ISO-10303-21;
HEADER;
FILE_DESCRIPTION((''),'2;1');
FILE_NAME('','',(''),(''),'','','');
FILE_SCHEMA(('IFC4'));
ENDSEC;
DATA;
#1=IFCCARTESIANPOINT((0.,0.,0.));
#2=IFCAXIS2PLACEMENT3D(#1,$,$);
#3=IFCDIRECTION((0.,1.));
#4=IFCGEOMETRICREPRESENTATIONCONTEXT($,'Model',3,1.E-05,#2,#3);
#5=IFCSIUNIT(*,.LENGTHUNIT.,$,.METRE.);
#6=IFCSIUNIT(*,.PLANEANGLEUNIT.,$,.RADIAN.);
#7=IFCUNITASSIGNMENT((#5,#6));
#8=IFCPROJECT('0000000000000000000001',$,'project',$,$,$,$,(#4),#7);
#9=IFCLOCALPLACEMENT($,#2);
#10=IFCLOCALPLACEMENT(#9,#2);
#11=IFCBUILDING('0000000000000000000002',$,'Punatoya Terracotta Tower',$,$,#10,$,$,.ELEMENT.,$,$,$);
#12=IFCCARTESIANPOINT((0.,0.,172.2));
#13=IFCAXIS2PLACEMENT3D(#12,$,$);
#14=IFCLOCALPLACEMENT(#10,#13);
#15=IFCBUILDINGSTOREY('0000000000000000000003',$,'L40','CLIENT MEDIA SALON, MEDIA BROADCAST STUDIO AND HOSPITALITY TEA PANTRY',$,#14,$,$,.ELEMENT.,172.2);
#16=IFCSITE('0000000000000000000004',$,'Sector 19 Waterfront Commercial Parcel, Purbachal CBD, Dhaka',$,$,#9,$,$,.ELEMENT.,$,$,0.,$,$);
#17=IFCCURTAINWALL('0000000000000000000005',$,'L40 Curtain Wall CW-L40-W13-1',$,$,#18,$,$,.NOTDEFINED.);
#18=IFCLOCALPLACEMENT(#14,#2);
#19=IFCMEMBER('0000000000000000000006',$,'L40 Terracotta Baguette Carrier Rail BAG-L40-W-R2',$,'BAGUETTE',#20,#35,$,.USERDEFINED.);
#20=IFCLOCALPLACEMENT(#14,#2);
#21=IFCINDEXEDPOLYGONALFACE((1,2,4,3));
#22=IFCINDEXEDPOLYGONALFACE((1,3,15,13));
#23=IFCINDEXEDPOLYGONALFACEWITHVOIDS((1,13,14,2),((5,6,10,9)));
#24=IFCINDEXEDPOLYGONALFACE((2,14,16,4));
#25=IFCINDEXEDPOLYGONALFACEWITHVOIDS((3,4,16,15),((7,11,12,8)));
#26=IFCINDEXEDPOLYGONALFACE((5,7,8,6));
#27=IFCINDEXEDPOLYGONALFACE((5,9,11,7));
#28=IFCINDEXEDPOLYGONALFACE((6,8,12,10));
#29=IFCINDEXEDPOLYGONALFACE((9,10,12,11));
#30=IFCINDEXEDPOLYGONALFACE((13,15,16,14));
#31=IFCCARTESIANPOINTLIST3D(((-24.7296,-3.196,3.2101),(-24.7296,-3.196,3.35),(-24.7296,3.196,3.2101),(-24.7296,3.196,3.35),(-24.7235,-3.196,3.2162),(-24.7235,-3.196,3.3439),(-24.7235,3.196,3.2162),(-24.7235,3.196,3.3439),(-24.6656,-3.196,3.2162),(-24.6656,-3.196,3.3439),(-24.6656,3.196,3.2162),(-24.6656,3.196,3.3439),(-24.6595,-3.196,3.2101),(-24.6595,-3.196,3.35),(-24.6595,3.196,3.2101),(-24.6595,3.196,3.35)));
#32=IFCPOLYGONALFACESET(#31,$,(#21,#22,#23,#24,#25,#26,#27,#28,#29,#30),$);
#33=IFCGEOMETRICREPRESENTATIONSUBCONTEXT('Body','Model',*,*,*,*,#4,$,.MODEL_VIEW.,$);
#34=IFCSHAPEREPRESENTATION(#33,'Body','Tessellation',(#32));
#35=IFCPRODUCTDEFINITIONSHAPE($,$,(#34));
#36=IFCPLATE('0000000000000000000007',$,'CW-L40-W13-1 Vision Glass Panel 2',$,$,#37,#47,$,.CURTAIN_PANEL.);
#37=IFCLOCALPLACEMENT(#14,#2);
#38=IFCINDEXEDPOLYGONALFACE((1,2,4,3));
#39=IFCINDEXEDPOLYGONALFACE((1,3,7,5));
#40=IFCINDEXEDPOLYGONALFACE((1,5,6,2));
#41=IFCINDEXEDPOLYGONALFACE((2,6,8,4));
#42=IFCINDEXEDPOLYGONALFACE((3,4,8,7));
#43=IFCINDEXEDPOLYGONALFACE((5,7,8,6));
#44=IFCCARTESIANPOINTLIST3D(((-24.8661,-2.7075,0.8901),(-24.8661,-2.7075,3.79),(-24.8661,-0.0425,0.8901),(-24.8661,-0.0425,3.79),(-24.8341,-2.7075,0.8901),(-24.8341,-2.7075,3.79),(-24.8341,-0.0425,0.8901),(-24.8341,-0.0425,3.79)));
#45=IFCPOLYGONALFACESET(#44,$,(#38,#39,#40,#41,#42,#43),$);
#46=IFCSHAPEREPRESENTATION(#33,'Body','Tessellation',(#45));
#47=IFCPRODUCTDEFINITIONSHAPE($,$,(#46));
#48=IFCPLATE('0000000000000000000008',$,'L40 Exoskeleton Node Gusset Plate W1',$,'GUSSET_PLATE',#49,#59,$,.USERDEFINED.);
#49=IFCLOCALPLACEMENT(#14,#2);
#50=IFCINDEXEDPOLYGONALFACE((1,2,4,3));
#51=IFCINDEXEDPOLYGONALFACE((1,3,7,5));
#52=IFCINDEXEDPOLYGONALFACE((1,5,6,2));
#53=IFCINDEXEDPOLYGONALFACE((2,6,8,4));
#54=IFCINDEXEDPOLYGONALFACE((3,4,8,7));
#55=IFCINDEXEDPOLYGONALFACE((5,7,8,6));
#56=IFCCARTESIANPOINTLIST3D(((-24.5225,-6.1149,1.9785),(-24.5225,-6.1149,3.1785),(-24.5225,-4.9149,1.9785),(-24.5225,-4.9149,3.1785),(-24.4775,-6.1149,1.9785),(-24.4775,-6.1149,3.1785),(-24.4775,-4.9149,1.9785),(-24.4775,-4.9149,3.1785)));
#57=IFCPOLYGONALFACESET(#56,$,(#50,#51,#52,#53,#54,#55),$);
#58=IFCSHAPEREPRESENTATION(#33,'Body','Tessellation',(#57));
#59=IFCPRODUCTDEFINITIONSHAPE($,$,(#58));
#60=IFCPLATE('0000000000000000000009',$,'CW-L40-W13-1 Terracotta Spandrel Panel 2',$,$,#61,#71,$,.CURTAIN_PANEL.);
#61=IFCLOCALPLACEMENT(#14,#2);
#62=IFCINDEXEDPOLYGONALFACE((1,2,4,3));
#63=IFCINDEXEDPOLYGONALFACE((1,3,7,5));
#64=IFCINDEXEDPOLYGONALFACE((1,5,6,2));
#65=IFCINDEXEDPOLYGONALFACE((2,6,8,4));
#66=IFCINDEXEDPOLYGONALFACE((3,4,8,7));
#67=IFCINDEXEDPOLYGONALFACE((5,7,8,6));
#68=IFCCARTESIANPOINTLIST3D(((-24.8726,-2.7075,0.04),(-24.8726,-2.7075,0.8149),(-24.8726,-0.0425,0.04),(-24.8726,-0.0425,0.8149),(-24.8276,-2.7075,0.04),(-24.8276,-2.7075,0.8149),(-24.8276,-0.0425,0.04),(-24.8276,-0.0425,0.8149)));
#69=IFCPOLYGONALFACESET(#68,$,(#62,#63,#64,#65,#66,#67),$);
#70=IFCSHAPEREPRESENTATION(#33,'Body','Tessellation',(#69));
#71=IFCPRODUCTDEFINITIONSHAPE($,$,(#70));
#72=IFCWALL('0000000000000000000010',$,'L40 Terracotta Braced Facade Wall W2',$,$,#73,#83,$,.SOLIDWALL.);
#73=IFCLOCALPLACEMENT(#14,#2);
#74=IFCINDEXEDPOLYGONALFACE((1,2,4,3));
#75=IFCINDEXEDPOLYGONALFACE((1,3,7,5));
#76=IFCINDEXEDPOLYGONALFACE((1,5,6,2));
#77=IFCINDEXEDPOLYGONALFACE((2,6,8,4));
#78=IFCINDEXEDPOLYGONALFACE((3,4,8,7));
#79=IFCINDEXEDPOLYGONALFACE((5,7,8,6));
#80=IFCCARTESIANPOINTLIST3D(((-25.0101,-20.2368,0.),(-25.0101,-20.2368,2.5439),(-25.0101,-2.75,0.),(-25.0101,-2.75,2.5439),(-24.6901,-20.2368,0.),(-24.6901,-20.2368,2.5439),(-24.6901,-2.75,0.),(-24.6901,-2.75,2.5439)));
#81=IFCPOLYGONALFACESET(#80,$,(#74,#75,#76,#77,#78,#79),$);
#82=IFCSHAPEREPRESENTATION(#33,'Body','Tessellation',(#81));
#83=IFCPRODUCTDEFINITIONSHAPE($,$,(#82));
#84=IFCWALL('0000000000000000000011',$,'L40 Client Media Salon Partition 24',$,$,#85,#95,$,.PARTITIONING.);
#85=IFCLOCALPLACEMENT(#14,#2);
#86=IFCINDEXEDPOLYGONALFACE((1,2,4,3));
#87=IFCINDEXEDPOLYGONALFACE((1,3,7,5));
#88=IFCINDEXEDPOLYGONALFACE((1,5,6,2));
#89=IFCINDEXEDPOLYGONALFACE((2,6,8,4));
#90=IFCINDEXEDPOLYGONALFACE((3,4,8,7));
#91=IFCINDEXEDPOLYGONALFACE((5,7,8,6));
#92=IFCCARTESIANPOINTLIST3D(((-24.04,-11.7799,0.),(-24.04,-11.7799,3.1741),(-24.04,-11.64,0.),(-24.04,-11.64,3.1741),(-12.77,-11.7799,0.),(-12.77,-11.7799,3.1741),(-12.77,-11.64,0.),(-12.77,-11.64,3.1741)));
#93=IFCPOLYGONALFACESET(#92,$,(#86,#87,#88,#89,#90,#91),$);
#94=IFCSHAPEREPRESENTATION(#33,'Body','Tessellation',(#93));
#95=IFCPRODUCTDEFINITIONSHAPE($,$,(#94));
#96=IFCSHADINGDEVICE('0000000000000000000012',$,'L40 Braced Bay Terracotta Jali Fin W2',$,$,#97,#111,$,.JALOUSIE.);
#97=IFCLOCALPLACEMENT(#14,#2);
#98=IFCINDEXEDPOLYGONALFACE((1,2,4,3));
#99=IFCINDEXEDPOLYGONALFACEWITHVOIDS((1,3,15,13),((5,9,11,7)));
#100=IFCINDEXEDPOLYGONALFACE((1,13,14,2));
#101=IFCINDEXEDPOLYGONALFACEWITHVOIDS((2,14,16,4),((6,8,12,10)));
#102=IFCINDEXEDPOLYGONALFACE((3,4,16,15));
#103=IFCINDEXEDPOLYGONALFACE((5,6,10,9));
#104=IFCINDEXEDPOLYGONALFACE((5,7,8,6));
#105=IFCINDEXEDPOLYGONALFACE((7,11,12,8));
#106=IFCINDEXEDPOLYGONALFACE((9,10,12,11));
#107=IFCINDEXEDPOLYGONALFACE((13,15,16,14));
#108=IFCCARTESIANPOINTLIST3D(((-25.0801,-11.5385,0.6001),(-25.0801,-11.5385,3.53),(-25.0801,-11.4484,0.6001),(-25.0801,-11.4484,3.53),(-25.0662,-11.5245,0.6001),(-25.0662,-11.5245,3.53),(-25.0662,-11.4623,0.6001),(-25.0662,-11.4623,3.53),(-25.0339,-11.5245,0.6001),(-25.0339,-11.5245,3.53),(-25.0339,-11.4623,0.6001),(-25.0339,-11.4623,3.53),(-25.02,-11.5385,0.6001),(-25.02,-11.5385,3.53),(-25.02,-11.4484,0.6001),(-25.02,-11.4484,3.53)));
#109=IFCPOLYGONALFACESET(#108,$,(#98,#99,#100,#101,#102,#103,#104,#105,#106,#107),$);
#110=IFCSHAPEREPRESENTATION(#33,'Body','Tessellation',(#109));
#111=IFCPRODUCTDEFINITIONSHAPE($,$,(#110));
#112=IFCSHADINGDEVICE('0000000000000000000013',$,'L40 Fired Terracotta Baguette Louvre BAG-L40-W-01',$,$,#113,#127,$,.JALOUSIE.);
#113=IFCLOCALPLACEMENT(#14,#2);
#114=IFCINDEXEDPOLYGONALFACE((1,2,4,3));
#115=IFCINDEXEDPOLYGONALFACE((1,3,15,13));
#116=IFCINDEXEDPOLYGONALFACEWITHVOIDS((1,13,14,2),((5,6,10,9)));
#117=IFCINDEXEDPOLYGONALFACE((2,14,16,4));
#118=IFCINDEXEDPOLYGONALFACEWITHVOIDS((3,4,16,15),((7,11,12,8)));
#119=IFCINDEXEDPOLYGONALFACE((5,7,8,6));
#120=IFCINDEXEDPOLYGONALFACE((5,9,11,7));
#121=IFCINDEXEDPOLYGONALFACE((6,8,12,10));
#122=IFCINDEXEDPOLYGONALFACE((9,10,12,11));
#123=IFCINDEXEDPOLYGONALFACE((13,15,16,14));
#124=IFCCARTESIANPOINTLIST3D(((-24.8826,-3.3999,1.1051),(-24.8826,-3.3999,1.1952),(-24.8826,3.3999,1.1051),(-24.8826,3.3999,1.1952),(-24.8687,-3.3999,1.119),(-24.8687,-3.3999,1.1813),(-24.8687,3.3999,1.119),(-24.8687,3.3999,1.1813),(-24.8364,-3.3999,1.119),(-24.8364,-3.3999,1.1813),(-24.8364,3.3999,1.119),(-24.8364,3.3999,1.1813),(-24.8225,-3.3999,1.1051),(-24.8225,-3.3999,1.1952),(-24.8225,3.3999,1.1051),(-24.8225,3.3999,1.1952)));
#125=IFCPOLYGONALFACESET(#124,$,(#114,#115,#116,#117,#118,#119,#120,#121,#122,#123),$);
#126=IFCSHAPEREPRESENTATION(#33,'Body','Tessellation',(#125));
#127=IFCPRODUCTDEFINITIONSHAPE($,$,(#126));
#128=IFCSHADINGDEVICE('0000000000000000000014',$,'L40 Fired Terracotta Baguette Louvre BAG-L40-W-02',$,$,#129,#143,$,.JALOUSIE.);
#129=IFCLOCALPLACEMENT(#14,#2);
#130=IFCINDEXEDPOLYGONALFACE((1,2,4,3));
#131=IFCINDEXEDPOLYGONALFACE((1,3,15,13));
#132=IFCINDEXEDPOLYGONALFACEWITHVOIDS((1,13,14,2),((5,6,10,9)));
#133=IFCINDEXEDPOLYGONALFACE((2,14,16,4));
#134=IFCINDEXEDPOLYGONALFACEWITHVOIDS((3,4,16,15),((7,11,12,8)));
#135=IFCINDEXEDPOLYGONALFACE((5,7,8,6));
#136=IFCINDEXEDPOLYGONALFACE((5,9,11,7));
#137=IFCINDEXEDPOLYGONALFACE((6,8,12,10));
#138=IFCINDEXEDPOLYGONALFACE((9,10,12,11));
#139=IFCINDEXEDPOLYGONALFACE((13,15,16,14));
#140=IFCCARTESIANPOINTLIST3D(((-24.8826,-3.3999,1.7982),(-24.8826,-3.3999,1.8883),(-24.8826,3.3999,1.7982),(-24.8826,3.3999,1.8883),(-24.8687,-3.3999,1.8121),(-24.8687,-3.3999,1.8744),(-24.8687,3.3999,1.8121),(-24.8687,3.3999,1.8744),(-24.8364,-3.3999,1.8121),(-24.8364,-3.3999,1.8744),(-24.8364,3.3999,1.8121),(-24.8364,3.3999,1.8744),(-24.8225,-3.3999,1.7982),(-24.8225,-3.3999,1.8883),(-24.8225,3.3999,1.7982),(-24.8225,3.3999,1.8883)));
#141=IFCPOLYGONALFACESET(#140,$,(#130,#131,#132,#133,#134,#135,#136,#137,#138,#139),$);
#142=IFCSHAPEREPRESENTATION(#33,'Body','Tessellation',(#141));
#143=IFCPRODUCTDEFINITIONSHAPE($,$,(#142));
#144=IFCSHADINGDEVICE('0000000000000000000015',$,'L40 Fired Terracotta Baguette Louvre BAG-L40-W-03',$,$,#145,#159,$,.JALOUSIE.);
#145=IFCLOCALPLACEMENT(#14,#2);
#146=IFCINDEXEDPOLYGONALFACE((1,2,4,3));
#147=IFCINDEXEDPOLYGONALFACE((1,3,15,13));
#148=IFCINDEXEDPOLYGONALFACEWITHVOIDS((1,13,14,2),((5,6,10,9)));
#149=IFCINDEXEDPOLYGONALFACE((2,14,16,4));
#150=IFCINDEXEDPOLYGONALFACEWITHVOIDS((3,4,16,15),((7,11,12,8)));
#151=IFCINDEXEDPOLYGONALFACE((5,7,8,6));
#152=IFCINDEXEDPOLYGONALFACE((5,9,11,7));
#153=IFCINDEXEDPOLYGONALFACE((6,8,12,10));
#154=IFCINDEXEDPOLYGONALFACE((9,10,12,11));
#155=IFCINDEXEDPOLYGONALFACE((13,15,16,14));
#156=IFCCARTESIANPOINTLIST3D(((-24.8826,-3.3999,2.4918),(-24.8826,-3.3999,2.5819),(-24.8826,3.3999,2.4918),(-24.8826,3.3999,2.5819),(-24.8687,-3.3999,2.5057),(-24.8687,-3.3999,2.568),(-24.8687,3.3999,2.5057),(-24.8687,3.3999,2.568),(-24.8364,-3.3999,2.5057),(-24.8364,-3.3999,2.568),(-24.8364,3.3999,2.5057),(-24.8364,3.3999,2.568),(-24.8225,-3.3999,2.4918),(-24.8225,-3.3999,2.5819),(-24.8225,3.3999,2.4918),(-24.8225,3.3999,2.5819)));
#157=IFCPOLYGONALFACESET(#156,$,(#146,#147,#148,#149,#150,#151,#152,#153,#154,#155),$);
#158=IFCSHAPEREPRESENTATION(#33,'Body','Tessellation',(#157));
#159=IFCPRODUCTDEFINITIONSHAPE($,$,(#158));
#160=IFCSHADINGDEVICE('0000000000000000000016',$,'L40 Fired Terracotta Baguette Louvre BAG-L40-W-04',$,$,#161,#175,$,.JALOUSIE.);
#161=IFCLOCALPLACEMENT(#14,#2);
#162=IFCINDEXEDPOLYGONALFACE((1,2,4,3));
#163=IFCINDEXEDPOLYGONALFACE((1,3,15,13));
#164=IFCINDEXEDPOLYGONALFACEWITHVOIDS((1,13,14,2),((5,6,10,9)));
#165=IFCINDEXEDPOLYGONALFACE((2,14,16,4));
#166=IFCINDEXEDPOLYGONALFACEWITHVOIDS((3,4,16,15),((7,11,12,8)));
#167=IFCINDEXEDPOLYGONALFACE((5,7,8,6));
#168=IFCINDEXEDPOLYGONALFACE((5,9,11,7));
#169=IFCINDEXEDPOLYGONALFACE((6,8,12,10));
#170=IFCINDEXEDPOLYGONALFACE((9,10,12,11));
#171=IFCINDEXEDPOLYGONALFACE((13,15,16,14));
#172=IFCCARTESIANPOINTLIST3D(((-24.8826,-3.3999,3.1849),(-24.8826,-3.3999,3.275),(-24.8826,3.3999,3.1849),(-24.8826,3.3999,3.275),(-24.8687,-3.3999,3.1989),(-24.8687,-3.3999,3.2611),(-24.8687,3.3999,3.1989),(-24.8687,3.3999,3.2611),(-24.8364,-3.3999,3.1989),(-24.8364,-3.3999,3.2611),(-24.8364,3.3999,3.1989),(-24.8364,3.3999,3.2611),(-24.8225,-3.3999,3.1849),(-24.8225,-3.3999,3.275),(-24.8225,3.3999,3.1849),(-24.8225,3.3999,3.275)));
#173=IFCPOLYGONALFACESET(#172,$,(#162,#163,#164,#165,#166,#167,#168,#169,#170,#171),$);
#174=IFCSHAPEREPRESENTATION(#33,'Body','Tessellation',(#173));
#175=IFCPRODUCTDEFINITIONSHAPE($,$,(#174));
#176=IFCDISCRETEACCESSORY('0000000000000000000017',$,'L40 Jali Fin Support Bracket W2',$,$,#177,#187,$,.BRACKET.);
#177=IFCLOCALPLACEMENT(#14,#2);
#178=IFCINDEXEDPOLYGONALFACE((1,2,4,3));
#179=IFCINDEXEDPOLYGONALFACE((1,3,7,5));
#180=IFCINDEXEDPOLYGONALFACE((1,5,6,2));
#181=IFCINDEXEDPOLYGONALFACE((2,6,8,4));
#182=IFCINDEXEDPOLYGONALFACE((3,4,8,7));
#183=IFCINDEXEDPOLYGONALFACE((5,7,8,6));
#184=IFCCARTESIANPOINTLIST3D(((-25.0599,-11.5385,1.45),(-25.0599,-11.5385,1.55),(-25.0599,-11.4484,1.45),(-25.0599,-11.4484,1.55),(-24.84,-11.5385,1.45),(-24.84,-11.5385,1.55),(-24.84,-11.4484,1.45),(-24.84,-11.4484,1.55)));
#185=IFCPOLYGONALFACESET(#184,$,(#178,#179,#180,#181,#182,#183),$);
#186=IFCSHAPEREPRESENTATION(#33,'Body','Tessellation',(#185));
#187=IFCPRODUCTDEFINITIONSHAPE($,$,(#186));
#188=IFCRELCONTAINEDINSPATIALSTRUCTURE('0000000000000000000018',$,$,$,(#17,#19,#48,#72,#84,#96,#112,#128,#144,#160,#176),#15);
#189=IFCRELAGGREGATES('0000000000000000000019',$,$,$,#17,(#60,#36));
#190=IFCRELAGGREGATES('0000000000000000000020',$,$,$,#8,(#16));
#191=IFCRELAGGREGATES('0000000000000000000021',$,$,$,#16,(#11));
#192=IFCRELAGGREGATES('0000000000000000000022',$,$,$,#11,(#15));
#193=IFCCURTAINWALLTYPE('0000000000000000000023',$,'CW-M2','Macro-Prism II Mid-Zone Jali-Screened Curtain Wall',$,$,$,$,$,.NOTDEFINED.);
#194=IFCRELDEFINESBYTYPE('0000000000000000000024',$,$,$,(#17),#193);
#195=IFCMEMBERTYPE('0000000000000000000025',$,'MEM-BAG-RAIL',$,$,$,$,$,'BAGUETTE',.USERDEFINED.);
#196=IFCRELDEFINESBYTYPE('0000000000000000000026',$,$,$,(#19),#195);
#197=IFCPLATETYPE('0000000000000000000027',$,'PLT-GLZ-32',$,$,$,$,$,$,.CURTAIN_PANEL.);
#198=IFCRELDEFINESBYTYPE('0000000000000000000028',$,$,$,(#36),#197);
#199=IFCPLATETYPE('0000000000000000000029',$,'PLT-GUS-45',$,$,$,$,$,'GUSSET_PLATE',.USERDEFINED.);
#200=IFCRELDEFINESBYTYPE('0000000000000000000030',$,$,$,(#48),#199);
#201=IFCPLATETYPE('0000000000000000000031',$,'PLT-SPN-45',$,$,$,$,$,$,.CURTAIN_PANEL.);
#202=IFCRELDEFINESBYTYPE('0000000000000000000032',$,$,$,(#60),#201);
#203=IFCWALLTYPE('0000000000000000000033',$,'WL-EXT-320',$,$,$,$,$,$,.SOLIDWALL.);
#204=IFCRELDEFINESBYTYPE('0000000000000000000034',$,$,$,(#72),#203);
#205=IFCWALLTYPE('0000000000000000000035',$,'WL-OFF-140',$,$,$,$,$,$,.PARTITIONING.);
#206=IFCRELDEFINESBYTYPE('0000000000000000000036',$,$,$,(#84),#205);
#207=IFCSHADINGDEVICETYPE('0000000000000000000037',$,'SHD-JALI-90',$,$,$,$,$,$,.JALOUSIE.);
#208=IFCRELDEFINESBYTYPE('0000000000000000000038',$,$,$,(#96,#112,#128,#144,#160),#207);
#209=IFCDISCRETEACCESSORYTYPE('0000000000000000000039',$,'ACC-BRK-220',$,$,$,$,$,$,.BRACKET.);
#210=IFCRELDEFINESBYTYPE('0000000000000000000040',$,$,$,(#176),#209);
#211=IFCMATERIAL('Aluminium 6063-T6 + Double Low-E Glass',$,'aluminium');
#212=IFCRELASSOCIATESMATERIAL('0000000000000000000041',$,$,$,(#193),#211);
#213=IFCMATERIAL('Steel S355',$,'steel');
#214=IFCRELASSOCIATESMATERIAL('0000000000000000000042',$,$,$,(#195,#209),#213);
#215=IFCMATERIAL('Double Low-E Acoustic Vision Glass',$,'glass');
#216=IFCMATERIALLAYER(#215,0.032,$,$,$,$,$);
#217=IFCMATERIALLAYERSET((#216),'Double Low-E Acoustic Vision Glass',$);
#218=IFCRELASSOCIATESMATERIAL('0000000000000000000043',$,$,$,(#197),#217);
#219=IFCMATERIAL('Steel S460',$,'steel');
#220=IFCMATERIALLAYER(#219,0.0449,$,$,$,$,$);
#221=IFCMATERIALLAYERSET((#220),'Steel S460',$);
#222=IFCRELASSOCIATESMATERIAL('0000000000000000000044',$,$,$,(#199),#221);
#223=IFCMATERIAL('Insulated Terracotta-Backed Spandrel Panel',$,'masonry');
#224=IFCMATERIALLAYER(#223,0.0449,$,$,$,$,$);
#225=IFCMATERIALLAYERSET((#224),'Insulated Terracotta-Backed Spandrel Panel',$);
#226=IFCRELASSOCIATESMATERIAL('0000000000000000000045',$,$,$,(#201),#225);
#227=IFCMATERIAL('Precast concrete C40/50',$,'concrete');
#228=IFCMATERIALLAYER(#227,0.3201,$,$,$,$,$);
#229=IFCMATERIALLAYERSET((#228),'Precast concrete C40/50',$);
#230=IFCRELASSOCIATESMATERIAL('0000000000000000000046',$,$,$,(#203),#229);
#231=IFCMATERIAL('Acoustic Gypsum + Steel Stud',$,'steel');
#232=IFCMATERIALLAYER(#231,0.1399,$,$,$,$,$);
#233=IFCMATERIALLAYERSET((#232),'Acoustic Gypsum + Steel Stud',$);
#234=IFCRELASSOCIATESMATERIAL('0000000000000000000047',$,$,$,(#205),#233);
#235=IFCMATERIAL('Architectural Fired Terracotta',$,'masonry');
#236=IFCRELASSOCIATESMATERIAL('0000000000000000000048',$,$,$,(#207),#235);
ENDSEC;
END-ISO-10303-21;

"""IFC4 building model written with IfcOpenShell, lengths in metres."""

from ifc_helpers import new_model, si_unit, direction, frame, frame_2d, origin, origin_2d, place, context, subcontext, project, spatial, rectangle, hollow_rectangle, extrude, material, layer, layer_set, material_profile, profile_set, type_object, element, aggregate, save


model = new_model("IFC4")

# Units and contexts
model_context = context("Model", 3, precision=1e-05, world=origin(), true_north=direction((0.0, 1.0)))
body_context = subcontext(model_context, "Body", "Model", "MODEL_VIEW")
ifc_project = project(units=[si_unit("LENGTHUNIT", "METRE"), si_unit("PLANEANGLEUNIT", "RADIAN")], contexts=[model_context])

# Site, building, storey
site_placement = place(None, origin())
site = spatial("IfcSite", under=ifc_project, at=site_placement, Name="Sector 19 Waterfront Commercial Parcel, Purbachal CBD, Dhaka", CompositionType="ELEMENT", RefElevation=0.0)
building_placement = place(site_placement, origin())
building = spatial("IfcBuilding", under=site, at=building_placement, Name="Punatoya Terracotta Tower", CompositionType="ELEMENT")
storey_placement = place(building_placement, frame((0.0, 0.0, 172.2)))
storey = spatial("IfcBuildingStorey", under=building, at=storey_placement, Name="L40", Description="CLIENT MEDIA SALON, MEDIA BROADCAST STUDIO AND HOSPITALITY TEA PANTRY", CompositionType="ELEMENT", Elevation=172.2)

# Shared definitions
ifc_material_1 = material(Name="Steel S460", Category="steel")

# Curtain wall
ifc_material_2 = material(Name="Aluminium 6063-T6 + Double Low-E Glass", Category="aluminium")
curtain_wall_type = type_object("IfcCurtainWallType", Name="CW-M2", Description="Macro-Prism II Mid-Zone Jali-Screened Curtain Wall", PredefinedType="NOTDEFINED", material=ifc_material_2)
curtain_wall_placement = place(storey_placement, origin())
curtain_wall = element("IfcCurtainWall", 1, at=curtain_wall_placement, inside=storey, type_object=curtain_wall_type, Name="L40 Curtain Wall CW-L40-W13-1", PredefinedType="NOTDEFINED")

# Member
ifc_material_3 = material(Name="Steel S355", Category="steel")
ifc_material_profile_1 = material_profile(ifc_material_3, hollow_rectangle(XDim=0.0701, YDim=0.1399, WallThickness=0.0061, at=origin_2d()))
ifc_profile_set_1 = profile_set([ifc_material_profile_1], Name="Steel S355")
member_type_1 = type_object("IfcMemberType", Name="MEM-BAG-RAIL", ElementType="BAGUETTE", PredefinedType="USERDEFINED", material=ifc_profile_set_1)
for number, where, z_axis, x_axis, name in (
    (2, (-24.6946, -3.196, 3.28), (0.0, 1.0, 0.0), (-1.0, 0.0, 0.0), "L40 Terracotta Baguette Carrier Rail BAG-L40-W-R2"),
):
    element("IfcMember", number, at=place(storey_placement, frame(where, z_axis=z_axis, x_axis=x_axis)), inside=storey, type_object=member_type_1, Name=name, ObjectType="BAGUETTE", PredefinedType="USERDEFINED", context=body_context, shape_type="SweptSolid", body=[
        extrude(hollow_rectangle(XDim=0.0701, YDim=0.1399, WallThickness=0.0061, at=origin_2d()), origin(), (0.0, 0.0, 1.0), 6.3921),
    ])

# Plates
ifc_material_4 = material(Name="Double Low-E Acoustic Vision Glass", Category="glass")
ifc_layer_1 = layer(ifc_material_4, 0.032)
ifc_layer_set_1 = layer_set([ifc_layer_1], Name="Double Low-E Acoustic Vision Glass")
plate_type_1 = type_object("IfcPlateType", Name="PLT-GLZ-32", PredefinedType="CURTAIN_PANEL", material=ifc_layer_set_1)
plate_1_placement = place(storey_placement, frame((-24.8501, -1.375, 0.8901), z_axis=(0.0, 0.0, 1.0), x_axis=(0.0, -1.0, 0.0)))
plate_1 = element("IfcPlate", 3, at=plate_1_placement, type_object=plate_type_1, Name="CW-L40-W13-1 Vision Glass Panel 2", PredefinedType="CURTAIN_PANEL", context=body_context, shape_type="SweptSolid", body=[
    extrude(rectangle(XDim=2.665, YDim=0.032, at=origin_2d()), origin(), (0.0, 0.0, 1.0), 2.8999),
])
ifc_layer_2 = layer(ifc_material_1, 0.0449)
ifc_layer_set_2 = layer_set([ifc_layer_2], Name="Steel S460")
plate_type_2 = type_object("IfcPlateType", Name="PLT-GUS-45", ElementType="GUSSET_PLATE", PredefinedType="USERDEFINED", material=ifc_layer_set_2)
plate_2_placement = place(storey_placement, frame((-24.5, -5.5149, 1.9785), z_axis=(0.0, 0.0, 1.0), x_axis=(0.0, 1.0, 0.0)))
element("IfcPlate", 4, at=plate_2_placement, inside=storey, type_object=plate_type_2, Name="L40 Exoskeleton Node Gusset Plate W1", ObjectType="GUSSET_PLATE", PredefinedType="USERDEFINED", context=body_context, shape_type="SweptSolid", body=[
    extrude(rectangle(XDim=1.2, YDim=0.0449, at=origin_2d()), origin(), (0.0, 0.0, 1.0), 1.2),
])
ifc_material_5 = material(Name="Insulated Terracotta-Backed Spandrel Panel", Category="masonry")
ifc_layer_3 = layer(ifc_material_5, 0.0449)
ifc_layer_set_3 = layer_set([ifc_layer_3], Name="Insulated Terracotta-Backed Spandrel Panel")
plate_type_3 = type_object("IfcPlateType", Name="PLT-SPN-45", PredefinedType="CURTAIN_PANEL", material=ifc_layer_set_3)
plate_3_placement = place(storey_placement, frame((-24.8501, -1.375, 0.04), z_axis=(0.0, 0.0, 1.0), x_axis=(0.0, -1.0, 0.0)))
plate_3 = element("IfcPlate", 5, at=plate_3_placement, type_object=plate_type_3, Name="CW-L40-W13-1 Terracotta Spandrel Panel 2", PredefinedType="CURTAIN_PANEL", context=body_context, shape_type="SweptSolid", body=[
    extrude(rectangle(XDim=2.665, YDim=0.0449, at=origin_2d()), origin(), (0.0, 0.0, 1.0), 0.7749),
])
aggregate(curtain_wall, [plate_3, plate_1])

# Walls
ifc_material_6 = material(Name="Precast concrete C40/50", Category="concrete")
ifc_layer_4 = layer(ifc_material_6, 0.3201)
ifc_layer_set_4 = layer_set([ifc_layer_4], Name="Precast concrete C40/50")
wall_type_1 = type_object("IfcWallType", Name="WL-EXT-320", PredefinedType="SOLIDWALL", material=ifc_layer_set_4)
wall_1_placement = place(storey_placement, frame((-24.8501, -2.75, 0.0), z_axis=(0.0, 0.0, 1.0), x_axis=(0.0, -1.0, 0.0)))
element("IfcWall", 6, at=wall_1_placement, inside=storey, type_object=wall_type_1, Name="L40 Terracotta Braced Facade Wall W2", PredefinedType="SOLIDWALL", context=body_context, shape_type="SweptSolid", body=[
    extrude(rectangle(XDim=17.4868, YDim=0.3201, at=frame_2d((8.7434, 0.0))), origin(), (0.0, 0.0, 1.0), 2.5439),
])
ifc_material_7 = material(Name="Acoustic Gypsum + Steel Stud", Category="steel")
ifc_layer_5 = layer(ifc_material_7, 0.1399)
ifc_layer_set_5 = layer_set([ifc_layer_5], Name="Acoustic Gypsum + Steel Stud")
wall_type_2 = type_object("IfcWallType", Name="WL-OFF-140", PredefinedType="PARTITIONING", material=ifc_layer_set_5)
wall_2_placement = place(storey_placement, frame((-24.04, -11.71, 0.0), z_axis=(0.0, 0.0, 1.0), x_axis=(1.0, 0.0, 0.0)))
element("IfcWall", 7, at=wall_2_placement, inside=storey, type_object=wall_type_2, Name="L40 Client Media Salon Partition 24", PredefinedType="PARTITIONING", context=body_context, shape_type="SweptSolid", body=[
    extrude(rectangle(XDim=11.27, YDim=0.1399, at=frame_2d((5.635, 0.0))), origin(), (0.0, 0.0, 1.0), 3.1741),
])

# Shading devices
ifc_material_8 = material(Name="Architectural Fired Terracotta", Category="masonry")
ifc_material_profile_2 = material_profile(ifc_material_8, hollow_rectangle(XDim=0.0601, YDim=0.0901, WallThickness=0.0139, at=origin_2d()))
ifc_profile_set_2 = profile_set([ifc_material_profile_2], Name="Architectural Fired Terracotta")
shading_device_type = type_object("IfcShadingDeviceType", Name="SHD-JALI-90", PredefinedType="JALOUSIE", material=ifc_profile_set_2)
shading_device_placement = place(storey_placement, frame((-25.05, -11.4934, 0.6001), z_axis=(0.0, 0.0, 1.0), x_axis=(1.0, 0.0, 0.0)))
element("IfcShadingDevice", 8, at=shading_device_placement, inside=storey, type_object=shading_device_type, Name="L40 Braced Bay Terracotta Jali Fin W2", PredefinedType="JALOUSIE", context=body_context, shape_type="SweptSolid", body=[
    extrude(hollow_rectangle(XDim=0.0601, YDim=0.0901, WallThickness=0.0139, at=origin_2d()), origin(), (0.0, 0.0, 1.0), 2.9299),
])
for number, where, z_axis, x_axis, name in (
    (9, (-24.8525, -3.3999, 1.1501), (0.0, 1.0, 0.0), (-1.0, 0.0, 0.0), "L40 Fired Terracotta Baguette Louvre BAG-L40-W-01"),
    (10, (-24.8525, -3.3999, 1.8433), (0.0, 1.0, 0.0), (-1.0, 0.0, 0.0), "L40 Fired Terracotta Baguette Louvre BAG-L40-W-02"),
    (11, (-24.8525, -3.3999, 2.5369), (0.0, 1.0, 0.0), (-1.0, 0.0, 0.0), "L40 Fired Terracotta Baguette Louvre BAG-L40-W-03"),
    (12, (-24.8525, -3.3999, 3.23), (0.0, 1.0, 0.0), (-1.0, 0.0, 0.0), "L40 Fired Terracotta Baguette Louvre BAG-L40-W-04"),
):
    element("IfcShadingDevice", number, at=place(storey_placement, frame(where, z_axis=z_axis, x_axis=x_axis)), inside=storey, type_object=shading_device_type, Name=name, PredefinedType="JALOUSIE", context=body_context, shape_type="SweptSolid", body=[
        extrude(hollow_rectangle(XDim=0.0601, YDim=0.0901, WallThickness=0.0139, at=origin_2d()), origin(), (0.0, 0.0, 1.0), 6.7998),
    ])

# Discrete accessory
discrete_accessory_type = type_object("IfcDiscreteAccessoryType", Name="ACC-BRK-220", PredefinedType="BRACKET", material=ifc_material_3)
for number, where, z_axis, x_axis, name in (
    (13, (-24.95, -11.4934, 1.45), (0.0, 0.0, 1.0), (0.0, -1.0, 0.0), "L40 Jali Fin Support Bracket W2"),
):
    element("IfcDiscreteAccessory", number, at=place(storey_placement, frame(where, z_axis=z_axis, x_axis=x_axis)), inside=storey, type_object=discrete_accessory_type, Name=name, PredefinedType="BRACKET", context=body_context, shape_type="SweptSolid", body=[
        extrude(rectangle(XDim=0.0901, YDim=0.22, at=origin_2d()), origin(), (0.0, 0.0, 1.0), 0.1001),
    ])

save(model, "model.ifc")
